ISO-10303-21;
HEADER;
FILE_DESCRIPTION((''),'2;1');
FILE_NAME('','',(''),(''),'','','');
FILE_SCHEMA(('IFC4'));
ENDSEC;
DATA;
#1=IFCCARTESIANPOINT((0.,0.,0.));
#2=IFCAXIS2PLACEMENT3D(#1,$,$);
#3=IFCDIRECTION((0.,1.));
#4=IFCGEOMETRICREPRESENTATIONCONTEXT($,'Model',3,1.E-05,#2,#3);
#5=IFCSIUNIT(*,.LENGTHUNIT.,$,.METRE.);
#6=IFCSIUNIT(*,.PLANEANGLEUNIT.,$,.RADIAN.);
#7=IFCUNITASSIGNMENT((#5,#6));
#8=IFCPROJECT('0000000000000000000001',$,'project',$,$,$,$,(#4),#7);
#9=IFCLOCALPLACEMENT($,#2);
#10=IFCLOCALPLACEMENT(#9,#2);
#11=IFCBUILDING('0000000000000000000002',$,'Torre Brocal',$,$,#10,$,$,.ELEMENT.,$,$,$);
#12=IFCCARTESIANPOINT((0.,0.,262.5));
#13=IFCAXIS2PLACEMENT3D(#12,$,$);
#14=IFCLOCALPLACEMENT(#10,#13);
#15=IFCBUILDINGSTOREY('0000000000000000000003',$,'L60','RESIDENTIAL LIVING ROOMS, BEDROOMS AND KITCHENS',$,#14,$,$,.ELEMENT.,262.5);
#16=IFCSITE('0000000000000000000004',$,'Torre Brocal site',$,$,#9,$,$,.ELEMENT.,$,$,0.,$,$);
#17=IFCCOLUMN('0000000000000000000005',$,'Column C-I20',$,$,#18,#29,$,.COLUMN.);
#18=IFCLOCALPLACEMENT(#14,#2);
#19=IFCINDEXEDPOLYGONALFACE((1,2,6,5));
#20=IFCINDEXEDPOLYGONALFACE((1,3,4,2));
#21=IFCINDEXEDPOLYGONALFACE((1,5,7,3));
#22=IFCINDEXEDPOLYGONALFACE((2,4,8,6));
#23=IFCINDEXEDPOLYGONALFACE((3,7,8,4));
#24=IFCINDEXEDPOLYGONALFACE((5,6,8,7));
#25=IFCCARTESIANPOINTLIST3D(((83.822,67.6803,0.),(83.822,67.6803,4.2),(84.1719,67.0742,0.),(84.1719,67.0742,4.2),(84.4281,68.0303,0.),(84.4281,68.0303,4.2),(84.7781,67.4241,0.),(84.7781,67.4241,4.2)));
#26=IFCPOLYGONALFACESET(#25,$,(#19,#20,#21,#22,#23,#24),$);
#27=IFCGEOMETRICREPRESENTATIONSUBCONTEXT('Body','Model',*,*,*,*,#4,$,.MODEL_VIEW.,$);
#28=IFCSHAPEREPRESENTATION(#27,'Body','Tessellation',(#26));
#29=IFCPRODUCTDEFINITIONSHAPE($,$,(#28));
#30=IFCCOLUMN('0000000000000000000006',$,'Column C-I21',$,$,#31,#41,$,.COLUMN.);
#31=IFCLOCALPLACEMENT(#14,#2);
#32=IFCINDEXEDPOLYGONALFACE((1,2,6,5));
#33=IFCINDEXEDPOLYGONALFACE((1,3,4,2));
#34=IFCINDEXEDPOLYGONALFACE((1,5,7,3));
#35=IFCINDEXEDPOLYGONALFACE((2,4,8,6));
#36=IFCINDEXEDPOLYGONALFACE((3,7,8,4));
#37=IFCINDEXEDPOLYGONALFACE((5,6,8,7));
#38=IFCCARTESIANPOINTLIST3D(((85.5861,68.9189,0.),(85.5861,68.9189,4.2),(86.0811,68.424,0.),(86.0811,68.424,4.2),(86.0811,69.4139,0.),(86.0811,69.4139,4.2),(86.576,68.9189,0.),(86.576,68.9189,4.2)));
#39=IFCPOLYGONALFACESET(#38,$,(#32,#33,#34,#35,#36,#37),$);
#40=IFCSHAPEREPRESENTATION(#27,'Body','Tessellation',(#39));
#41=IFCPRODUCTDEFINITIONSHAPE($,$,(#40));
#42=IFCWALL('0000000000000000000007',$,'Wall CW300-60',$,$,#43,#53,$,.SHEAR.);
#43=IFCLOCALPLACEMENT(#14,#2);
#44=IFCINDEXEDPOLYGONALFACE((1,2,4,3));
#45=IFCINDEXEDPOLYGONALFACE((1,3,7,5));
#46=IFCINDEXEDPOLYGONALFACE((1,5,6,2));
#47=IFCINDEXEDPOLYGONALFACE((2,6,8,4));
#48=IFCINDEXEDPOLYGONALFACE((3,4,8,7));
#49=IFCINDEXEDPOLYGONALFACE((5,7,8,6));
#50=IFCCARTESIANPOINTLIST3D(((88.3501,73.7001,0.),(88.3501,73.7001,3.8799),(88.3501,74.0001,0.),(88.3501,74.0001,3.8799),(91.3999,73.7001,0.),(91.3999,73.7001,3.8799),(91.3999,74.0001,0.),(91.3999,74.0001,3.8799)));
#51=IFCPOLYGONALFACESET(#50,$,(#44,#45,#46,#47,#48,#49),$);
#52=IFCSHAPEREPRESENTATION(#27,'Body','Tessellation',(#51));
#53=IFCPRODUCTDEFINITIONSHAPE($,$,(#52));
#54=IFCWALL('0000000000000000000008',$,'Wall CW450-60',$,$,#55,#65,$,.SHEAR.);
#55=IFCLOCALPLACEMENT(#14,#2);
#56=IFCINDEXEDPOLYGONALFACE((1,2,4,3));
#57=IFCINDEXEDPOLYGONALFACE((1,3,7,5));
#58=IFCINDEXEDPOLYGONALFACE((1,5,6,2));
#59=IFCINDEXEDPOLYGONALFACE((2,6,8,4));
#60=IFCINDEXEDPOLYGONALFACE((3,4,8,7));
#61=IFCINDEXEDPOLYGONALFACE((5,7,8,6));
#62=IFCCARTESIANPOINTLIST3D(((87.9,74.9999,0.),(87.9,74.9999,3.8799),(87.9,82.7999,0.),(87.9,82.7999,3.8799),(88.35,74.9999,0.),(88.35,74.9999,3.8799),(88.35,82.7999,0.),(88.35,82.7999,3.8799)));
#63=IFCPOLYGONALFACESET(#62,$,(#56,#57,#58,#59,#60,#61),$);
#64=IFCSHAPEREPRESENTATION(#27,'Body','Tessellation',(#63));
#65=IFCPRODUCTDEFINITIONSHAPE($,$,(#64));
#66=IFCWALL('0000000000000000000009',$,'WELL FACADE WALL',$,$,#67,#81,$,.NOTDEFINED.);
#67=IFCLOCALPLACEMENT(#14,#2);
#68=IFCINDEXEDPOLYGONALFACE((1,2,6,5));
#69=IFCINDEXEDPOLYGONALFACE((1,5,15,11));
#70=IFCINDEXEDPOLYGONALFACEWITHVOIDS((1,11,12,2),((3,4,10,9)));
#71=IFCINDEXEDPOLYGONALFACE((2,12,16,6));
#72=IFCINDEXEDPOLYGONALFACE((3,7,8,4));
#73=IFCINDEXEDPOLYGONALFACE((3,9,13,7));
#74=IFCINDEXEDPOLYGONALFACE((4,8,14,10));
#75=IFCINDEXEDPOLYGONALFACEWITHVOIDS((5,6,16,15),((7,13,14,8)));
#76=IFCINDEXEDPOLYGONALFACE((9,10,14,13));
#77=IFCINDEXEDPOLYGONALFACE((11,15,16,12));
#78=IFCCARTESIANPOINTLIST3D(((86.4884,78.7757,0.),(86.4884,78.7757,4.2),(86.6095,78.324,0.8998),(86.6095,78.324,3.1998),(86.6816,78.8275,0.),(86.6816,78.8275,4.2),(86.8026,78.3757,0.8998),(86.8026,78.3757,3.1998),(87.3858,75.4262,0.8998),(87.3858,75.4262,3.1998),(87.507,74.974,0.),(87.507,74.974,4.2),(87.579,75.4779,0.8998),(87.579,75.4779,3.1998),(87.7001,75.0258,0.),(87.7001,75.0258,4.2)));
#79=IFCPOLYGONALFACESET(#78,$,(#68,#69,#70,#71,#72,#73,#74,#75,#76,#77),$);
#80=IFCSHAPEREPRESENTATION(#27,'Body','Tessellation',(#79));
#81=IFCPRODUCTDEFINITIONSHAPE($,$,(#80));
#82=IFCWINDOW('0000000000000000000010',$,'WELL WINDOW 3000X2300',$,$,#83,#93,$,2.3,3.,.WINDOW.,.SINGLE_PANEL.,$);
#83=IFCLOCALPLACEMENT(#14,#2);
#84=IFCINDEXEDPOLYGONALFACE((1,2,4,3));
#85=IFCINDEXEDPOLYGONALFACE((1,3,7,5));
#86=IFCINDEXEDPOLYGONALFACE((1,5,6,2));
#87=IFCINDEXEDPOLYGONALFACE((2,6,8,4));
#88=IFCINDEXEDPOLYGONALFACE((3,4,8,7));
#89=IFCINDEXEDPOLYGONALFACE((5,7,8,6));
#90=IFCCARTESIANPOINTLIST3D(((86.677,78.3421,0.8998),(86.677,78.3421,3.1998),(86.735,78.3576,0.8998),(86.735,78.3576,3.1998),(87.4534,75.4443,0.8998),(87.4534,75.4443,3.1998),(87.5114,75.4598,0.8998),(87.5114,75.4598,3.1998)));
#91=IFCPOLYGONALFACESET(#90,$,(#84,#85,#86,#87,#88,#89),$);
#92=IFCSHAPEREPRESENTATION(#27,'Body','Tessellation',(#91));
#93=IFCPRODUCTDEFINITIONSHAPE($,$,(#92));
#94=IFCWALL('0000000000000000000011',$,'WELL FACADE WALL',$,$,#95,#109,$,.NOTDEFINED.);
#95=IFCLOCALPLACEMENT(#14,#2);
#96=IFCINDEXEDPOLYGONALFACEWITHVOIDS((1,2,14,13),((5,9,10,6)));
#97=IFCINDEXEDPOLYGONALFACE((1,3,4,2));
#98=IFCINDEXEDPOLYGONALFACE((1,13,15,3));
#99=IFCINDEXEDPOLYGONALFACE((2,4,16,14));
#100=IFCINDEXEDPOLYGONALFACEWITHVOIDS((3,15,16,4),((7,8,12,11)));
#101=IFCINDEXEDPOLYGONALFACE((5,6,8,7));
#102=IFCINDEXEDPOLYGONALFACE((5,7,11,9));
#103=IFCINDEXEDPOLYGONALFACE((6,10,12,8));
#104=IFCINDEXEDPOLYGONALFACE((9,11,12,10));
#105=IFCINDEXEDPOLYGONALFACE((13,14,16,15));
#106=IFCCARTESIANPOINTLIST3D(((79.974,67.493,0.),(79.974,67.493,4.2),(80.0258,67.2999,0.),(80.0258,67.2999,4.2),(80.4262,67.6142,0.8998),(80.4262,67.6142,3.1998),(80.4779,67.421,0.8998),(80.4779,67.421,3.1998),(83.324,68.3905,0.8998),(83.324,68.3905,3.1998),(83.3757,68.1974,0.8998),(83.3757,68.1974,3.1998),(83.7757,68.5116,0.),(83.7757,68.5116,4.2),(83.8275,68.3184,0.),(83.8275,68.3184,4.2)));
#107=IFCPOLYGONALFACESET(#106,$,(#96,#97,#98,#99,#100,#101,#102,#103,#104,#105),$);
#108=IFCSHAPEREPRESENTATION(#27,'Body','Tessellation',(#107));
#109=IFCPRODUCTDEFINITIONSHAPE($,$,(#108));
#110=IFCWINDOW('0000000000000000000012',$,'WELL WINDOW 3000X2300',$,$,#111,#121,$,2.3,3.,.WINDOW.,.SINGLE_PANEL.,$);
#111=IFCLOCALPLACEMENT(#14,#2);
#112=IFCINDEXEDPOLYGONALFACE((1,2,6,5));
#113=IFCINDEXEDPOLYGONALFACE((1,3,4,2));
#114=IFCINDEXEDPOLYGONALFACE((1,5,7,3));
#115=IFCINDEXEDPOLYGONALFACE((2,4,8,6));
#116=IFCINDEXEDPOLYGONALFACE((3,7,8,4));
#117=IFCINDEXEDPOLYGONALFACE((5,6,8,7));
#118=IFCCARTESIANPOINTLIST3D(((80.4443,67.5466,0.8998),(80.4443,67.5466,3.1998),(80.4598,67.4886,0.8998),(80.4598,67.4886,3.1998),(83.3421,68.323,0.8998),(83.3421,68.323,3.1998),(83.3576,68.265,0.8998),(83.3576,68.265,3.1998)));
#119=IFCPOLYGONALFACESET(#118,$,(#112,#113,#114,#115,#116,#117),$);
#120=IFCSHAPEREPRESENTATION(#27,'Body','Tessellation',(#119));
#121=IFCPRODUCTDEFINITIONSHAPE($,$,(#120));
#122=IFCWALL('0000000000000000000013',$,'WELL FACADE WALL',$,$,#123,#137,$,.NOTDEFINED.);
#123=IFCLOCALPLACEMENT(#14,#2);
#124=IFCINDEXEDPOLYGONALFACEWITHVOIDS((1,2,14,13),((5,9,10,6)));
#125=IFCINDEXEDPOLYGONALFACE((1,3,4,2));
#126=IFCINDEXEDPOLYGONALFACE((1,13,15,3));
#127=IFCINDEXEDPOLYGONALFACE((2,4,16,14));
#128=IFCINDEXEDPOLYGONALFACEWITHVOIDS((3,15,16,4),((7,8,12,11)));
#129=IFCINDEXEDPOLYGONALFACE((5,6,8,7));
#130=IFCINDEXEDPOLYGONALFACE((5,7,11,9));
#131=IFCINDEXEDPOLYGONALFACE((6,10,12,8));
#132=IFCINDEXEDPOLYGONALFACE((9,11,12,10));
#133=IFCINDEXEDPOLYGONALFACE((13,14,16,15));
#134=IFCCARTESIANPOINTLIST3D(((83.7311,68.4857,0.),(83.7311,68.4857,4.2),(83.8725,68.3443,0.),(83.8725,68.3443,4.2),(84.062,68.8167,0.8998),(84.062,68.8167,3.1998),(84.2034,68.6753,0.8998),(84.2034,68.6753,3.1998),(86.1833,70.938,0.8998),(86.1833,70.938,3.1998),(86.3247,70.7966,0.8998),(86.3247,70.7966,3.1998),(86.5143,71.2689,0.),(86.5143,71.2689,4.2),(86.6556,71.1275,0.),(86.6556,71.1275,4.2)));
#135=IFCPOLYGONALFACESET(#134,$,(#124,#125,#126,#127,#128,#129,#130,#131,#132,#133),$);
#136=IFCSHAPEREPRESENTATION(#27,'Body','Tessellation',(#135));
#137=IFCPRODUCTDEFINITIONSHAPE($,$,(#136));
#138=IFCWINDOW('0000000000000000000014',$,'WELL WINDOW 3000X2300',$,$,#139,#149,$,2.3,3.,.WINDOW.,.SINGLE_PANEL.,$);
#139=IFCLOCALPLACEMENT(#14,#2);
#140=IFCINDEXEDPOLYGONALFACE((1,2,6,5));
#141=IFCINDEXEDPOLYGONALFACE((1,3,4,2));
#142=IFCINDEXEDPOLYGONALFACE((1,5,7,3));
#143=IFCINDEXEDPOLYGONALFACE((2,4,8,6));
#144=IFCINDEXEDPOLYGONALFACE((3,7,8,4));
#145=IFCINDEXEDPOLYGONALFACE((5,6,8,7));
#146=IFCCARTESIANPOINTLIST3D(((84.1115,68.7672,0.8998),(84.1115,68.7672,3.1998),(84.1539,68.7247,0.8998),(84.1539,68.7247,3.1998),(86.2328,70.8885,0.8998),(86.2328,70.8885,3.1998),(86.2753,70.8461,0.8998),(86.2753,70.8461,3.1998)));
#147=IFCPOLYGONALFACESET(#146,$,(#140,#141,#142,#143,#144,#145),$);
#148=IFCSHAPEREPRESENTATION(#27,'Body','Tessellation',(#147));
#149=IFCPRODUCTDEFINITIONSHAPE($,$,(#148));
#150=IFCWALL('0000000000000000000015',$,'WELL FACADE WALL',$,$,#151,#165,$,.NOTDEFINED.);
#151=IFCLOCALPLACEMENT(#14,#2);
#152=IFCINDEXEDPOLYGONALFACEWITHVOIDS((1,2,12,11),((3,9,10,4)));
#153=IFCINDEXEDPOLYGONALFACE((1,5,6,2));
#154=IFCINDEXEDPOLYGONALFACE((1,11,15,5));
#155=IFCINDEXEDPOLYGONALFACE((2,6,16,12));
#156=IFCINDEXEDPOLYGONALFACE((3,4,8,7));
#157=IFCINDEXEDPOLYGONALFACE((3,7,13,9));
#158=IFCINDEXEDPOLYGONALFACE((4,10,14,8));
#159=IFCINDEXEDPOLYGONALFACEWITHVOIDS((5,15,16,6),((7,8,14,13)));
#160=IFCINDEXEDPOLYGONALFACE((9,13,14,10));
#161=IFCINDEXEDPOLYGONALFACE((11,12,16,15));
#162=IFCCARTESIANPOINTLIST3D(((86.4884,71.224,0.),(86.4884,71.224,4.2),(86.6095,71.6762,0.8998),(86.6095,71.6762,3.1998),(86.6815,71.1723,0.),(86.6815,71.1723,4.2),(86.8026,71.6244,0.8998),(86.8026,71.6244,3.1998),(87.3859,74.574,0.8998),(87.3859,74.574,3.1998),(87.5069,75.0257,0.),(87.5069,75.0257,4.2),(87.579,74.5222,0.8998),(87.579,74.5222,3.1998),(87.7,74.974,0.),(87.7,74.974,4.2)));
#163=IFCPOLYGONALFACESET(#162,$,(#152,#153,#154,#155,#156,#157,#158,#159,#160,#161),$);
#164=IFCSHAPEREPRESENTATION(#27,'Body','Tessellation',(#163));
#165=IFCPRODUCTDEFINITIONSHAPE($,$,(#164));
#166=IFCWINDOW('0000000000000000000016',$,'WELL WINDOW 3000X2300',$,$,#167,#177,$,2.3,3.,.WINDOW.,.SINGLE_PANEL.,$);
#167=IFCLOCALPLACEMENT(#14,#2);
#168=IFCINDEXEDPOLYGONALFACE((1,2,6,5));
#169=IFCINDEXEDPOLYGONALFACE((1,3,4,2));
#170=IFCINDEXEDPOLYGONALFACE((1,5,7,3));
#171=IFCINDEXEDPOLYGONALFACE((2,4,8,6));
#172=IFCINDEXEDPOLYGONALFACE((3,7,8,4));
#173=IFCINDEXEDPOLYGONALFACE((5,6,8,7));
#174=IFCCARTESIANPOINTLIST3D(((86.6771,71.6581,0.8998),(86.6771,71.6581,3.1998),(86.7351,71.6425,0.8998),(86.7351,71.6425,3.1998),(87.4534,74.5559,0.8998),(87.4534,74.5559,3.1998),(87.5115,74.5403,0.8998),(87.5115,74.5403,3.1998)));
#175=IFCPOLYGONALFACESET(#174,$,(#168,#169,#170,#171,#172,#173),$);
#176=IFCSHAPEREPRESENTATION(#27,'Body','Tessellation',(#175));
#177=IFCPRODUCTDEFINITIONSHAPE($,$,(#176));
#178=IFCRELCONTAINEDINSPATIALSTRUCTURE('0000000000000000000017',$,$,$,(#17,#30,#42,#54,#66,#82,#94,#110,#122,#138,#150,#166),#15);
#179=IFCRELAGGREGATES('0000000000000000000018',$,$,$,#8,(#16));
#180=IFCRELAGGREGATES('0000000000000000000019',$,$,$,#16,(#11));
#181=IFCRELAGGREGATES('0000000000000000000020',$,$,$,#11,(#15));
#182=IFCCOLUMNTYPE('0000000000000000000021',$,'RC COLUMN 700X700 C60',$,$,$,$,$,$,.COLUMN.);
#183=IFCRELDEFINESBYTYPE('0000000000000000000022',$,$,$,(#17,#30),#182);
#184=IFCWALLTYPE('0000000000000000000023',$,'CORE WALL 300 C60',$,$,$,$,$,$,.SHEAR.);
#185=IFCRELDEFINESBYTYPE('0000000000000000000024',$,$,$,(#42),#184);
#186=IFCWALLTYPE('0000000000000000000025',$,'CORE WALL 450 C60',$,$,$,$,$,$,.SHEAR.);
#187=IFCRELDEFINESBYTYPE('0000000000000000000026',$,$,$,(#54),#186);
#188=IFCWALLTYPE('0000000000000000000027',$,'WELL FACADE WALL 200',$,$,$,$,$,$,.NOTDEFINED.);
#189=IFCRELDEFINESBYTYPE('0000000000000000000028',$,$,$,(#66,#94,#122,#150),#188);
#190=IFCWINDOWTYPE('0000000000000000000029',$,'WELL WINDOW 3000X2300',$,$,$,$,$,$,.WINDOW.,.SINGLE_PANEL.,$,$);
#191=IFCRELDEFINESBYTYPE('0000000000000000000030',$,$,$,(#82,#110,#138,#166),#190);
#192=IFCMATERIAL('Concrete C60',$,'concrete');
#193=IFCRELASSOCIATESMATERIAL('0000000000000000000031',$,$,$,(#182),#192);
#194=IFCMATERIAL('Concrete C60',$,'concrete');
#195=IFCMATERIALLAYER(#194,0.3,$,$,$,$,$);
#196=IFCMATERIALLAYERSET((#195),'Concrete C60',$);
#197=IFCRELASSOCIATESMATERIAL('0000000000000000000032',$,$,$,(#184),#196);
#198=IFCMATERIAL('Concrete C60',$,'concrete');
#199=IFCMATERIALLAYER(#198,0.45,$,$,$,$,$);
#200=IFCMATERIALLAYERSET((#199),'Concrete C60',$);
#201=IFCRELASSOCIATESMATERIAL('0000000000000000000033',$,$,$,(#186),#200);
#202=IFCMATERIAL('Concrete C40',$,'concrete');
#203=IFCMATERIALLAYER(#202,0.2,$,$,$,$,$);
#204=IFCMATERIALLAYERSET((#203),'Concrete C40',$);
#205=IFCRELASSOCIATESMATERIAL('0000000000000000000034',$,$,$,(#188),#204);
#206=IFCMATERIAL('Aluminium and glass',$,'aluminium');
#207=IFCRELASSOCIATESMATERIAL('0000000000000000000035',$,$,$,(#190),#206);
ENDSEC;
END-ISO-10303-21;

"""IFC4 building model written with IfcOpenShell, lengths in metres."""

from ifc_helpers import new_model, si_unit, direction, frame, frame_2d, origin, origin_2d, place, context, subcontext, project, spatial, rectangle, extrude, material, layer, layer_set, material_profile, profile_set, type_object, element, fill, save


model = new_model("IFC4")

# Units and contexts
model_context = context("Model", 3, precision=1e-05, world=origin(), true_north=direction((0.0, 1.0)))
body_context = subcontext(model_context, "Body", "Model", "MODEL_VIEW")
ifc_project = project(units=[si_unit("LENGTHUNIT", "METRE"), si_unit("PLANEANGLEUNIT", "RADIAN")], contexts=[model_context])

# Site, building, storey
site_placement = place(None, origin())
site = spatial("IfcSite", under=ifc_project, at=site_placement, Name="Torre Brocal site", CompositionType="ELEMENT", RefElevation=0.0)
building_placement = place(site_placement, origin())
building = spatial("IfcBuilding", under=site, at=building_placement, Name="Torre Brocal", CompositionType="ELEMENT")
storey_placement = place(building_placement, frame((0.0, 0.0, 262.5)))
storey = spatial("IfcBuildingStorey", under=building, at=storey_placement, Name="L60", Description="RESIDENTIAL LIVING ROOMS, BEDROOMS AND KITCHENS", CompositionType="ELEMENT", Elevation=262.5)

# Columns
ifc_material_1 = material(Name="Concrete C60", Category="concrete")
ifc_material_profile = material_profile(ifc_material_1, rectangle(XDim=0.7, YDim=0.7, at=origin_2d()), Name="RC 700X700")
ifc_profile_set = profile_set([ifc_material_profile], Name="Concrete C60")
column_type = type_object("IfcColumnType", Name="RC COLUMN 700X700 C60", PredefinedType="COLUMN", material=ifc_profile_set)
for number, where, z_axis, x_axis, name in (
    (1, (84.3, 67.5522, 0.0), (0.0, 0.0, 1.0), (0.5, -0.866025, 0.0), "Column C-I20"),
    (2, (86.0811, 68.9189, 0.0), (0.0, 0.0, 1.0), (0.707107, -0.707107, 0.0), "Column C-I21"),
):
    element("IfcColumn", number, at=place(storey_placement, frame(where, z_axis=z_axis, x_axis=x_axis)), inside=storey, type_object=column_type, Name=name, PredefinedType="COLUMN", context=body_context, shape_type="SweptSolid", body=[
        extrude(rectangle(XDim=0.7, YDim=0.7, at=origin_2d()), origin(), (0.0, 0.0, 1.0), 4.2),
    ])

# Walls
ifc_material_2 = material(Name="Concrete C60", Category="concrete")
ifc_layer_1 = layer(ifc_material_2, 0.3)
ifc_layer_set_1 = layer_set([ifc_layer_1], Name="Concrete C60")
wall_type_1 = type_object("IfcWallType", Name="CORE WALL 300 C60", PredefinedType="SHEAR", material=ifc_layer_set_1)
wall_1_placement = place(storey_placement, frame((88.3501, 73.8501, 0.0), z_axis=(0.0, 0.0, 1.0), x_axis=(1.0, 0.0, 0.0)))
element("IfcWall", 3, at=wall_1_placement, inside=storey, type_object=wall_type_1, Name="Wall CW300-60", PredefinedType="SHEAR", context=body_context, shape_type="SweptSolid", body=[
    extrude(rectangle(XDim=3.0498, YDim=0.3, at=frame_2d((1.5249, 0.0))), origin(), (0.0, 0.0, 1.0), 3.8799),
])
ifc_material_3 = material(Name="Concrete C60", Category="concrete")
ifc_layer_2 = layer(ifc_material_3, 0.45)
ifc_layer_set_2 = layer_set([ifc_layer_2], Name="Concrete C60")
wall_type_2 = type_object("IfcWallType", Name="CORE WALL 450 C60", PredefinedType="SHEAR", material=ifc_layer_set_2)
wall_2_placement = place(storey_placement, frame((88.125, 75.0, 0.0), z_axis=(0.0, 0.0, 1.0), x_axis=(0.0, 1.0, 0.0)))
element("IfcWall", 4, at=wall_2_placement, inside=storey, type_object=wall_type_2, Name="Wall CW450-60", PredefinedType="SHEAR", context=body_context, shape_type="SweptSolid", body=[
    extrude(rectangle(XDim=7.8, YDim=0.45, at=frame_2d((3.8999, 0.0))), origin(), (0.0, 0.0, 1.0), 3.8799),
])

# Walls, openings, windows
ifc_material_4 = material(Name="Concrete C40", Category="concrete")
ifc_layer_3 = layer(ifc_material_4, 0.2)
ifc_layer_set_3 = layer_set([ifc_layer_3], Name="Concrete C40")
wall_type_3 = type_object("IfcWallType", Name="WELL FACADE WALL 200", PredefinedType="NOTDEFINED", material=ifc_layer_set_3)
wall_3_placement = place(storey_placement, frame((87.6035, 75.0, 0.0), z_axis=(0.0, 0.0, 1.0), x_axis=(-0.25879, 0.965934, 0.0)))
wall_3 = element("IfcWall", 5, at=wall_3_placement, inside=storey, type_object=wall_type_3, Name="WELL FACADE WALL", PredefinedType="NOTDEFINED", context=body_context, shape_type="SweptSolid", body=[
    extrude(rectangle(XDim=3.9358, YDim=0.2, at=frame_2d((1.9678, 0.0))), origin(), (0.0, 0.0, 1.0), 4.2),
])
opening_1_placement = place(wall_3_placement, frame((0.468, 0.0, 0.8999)))
opening_1 = element("IfcOpeningElement", 6, at=opening_1_placement, cuts=wall_3, PredefinedType="OPENING", context=body_context, shape_type="SweptSolid", body=[
    extrude(rectangle(XDim=3.0, YDim=2.3, at=frame_2d((1.5, 1.1499))), frame((0.0, 0.1099, 0.0), z_axis=(0.0, -1.0, 0.0), x_axis=(1.0, 0.0, 0.0)), (0.0, 0.0, 1.0), 0.22),
])
ifc_material_5 = material(Name="Aluminium and glass", Category="aluminium")
window_type = type_object("IfcWindowType", Name="WELL WINDOW 3000X2300", PartitioningType="SINGLE_PANEL", PredefinedType="WINDOW", material=ifc_material_5)
window_1_placement = place(opening_1_placement, origin())
window_1 = element("IfcWindow", 7, at=window_1_placement, inside=storey, type_object=window_type, Name="WELL WINDOW 3000X2300", OverallHeight=2.3, OverallWidth=3.0, PartitioningType="SINGLE_PANEL", PredefinedType="WINDOW", context=body_context, shape_type="SweptSolid", body=[
    extrude(rectangle(XDim=3.0, YDim=2.3, at=frame_2d((1.5, 1.1499))), frame((0.0, 0.03, 0.0), z_axis=(0.0, -1.0, 0.0), x_axis=(1.0, 0.0, 0.0)), (0.0, 0.0, 1.0), 0.0601),
])
fill(opening_1, window_1)
wall_4_placement = place(storey_placement, frame((80.0, 67.3965, 0.0), z_axis=(0.0, 0.0, 1.0), x_axis=(0.965934, 0.25879, 0.0)))
wall_4 = element("IfcWall", 8, at=wall_4_placement, inside=storey, type_object=wall_type_3, Name="WELL FACADE WALL", PredefinedType="NOTDEFINED", context=body_context, shape_type="SweptSolid", body=[
    extrude(rectangle(XDim=3.9358, YDim=0.2, at=frame_2d((1.9678, 0.0))), origin(), (0.0, 0.0, 1.0), 4.2),
])
opening_2_placement = place(wall_4_placement, frame((0.468, 0.0, 0.8999)))
opening_2 = element("IfcOpeningElement", 9, at=opening_2_placement, cuts=wall_4, PredefinedType="OPENING", context=body_context, shape_type="SweptSolid", body=[
    extrude(rectangle(XDim=3.0, YDim=2.3, at=frame_2d((1.5, 1.1499))), frame((0.0, 0.1099, 0.0), z_axis=(0.0, -1.0, 0.0), x_axis=(1.0, 0.0, 0.0)), (0.0, 0.0, 1.0), 0.22),
])
window_2_placement = place(opening_2_placement, origin())
window_2 = element("IfcWindow", 10, at=window_2_placement, inside=storey, type_object=window_type, Name="WELL WINDOW 3000X2300", OverallHeight=2.3, OverallWidth=3.0, PartitioningType="SINGLE_PANEL", PredefinedType="WINDOW", context=body_context, shape_type="SweptSolid", body=[
    extrude(rectangle(XDim=3.0, YDim=2.3, at=frame_2d((1.5, 1.1499))), frame((0.0, 0.03, 0.0), z_axis=(0.0, -1.0, 0.0), x_axis=(1.0, 0.0, 0.0)), (0.0, 0.0, 1.0), 0.0601),
])
fill(opening_2, window_2)
wall_5_placement = place(storey_placement, frame((83.8018, 68.415, 0.0), z_axis=(0.0, 0.0, 1.0), x_axis=(0.707107, 0.707107, 0.0)))
wall_5 = element("IfcWall", 11, at=wall_5_placement, inside=storey, type_object=wall_type_3, Name="WELL FACADE WALL", PredefinedType="NOTDEFINED", context=body_context, shape_type="SweptSolid", body=[
    extrude(rectangle(XDim=3.936, YDim=0.2, at=frame_2d((1.968, 0.0))), origin(), (0.0, 0.0, 1.0), 4.2),
])
opening_3_placement = place(wall_5_placement, frame((0.468, 0.0, 0.8999)))
opening_3 = element("IfcOpeningElement", 12, at=opening_3_placement, cuts=wall_5, PredefinedType="OPENING", context=body_context, shape_type="SweptSolid", body=[
    extrude(rectangle(XDim=3.0, YDim=2.3, at=frame_2d((1.5, 1.1499))), frame((0.0, 0.1099, 0.0), z_axis=(0.0, -1.0, 0.0), x_axis=(1.0, 0.0, 0.0)), (0.0, 0.0, 1.0), 0.22),
])
window_3_placement = place(opening_3_placement, origin())
window_3 = element("IfcWindow", 13, at=window_3_placement, inside=storey, type_object=window_type, Name="WELL WINDOW 3000X2300", OverallHeight=2.3, OverallWidth=3.0, PartitioningType="SINGLE_PANEL", PredefinedType="WINDOW", context=body_context, shape_type="SweptSolid", body=[
    extrude(rectangle(XDim=3.0, YDim=2.3, at=frame_2d((1.5, 1.1499))), frame((0.0, 0.03, 0.0), z_axis=(0.0, -1.0, 0.0), x_axis=(1.0, 0.0, 0.0)), (0.0, 0.0, 1.0), 0.0601),
])
fill(opening_3, window_3)
wall_6_placement = place(storey_placement, frame((86.585, 71.1982, 0.0), z_axis=(0.0, 0.0, 1.0), x_axis=(0.25879, 0.965934, 0.0)))
wall_6 = element("IfcWall", 14, at=wall_6_placement, inside=storey, type_object=wall_type_3, Name="WELL FACADE WALL", PredefinedType="NOTDEFINED", context=body_context, shape_type="SweptSolid", body=[
    extrude(rectangle(XDim=3.9358, YDim=0.2, at=frame_2d((1.9678, 0.0))), origin(), (0.0, 0.0, 1.0), 4.2),
])
opening_4_placement = place(wall_6_placement, frame((0.468, 0.0, 0.8999)))
opening_4 = element("IfcOpeningElement", 15, at=opening_4_placement, cuts=wall_6, PredefinedType="OPENING", context=body_context, shape_type="SweptSolid", body=[
    extrude(rectangle(XDim=3.0, YDim=2.3, at=frame_2d((1.5, 1.1499))), frame((0.0, 0.1099, 0.0), z_axis=(0.0, -1.0, 0.0), x_axis=(1.0, 0.0, 0.0)), (0.0, 0.0, 1.0), 0.22),
])
window_4_placement = place(opening_4_placement, origin())
window_4 = element("IfcWindow", 16, at=window_4_placement, inside=storey, type_object=window_type, Name="WELL WINDOW 3000X2300", OverallHeight=2.3, OverallWidth=3.0, PartitioningType="SINGLE_PANEL", PredefinedType="WINDOW", context=body_context, shape_type="SweptSolid", body=[
    extrude(rectangle(XDim=3.0, YDim=2.3, at=frame_2d((1.5, 1.1499))), frame((0.0, 0.03, 0.0), z_axis=(0.0, -1.0, 0.0), x_axis=(1.0, 0.0, 0.0)), (0.0, 0.0, 1.0), 0.0601),
])
fill(opening_4, window_4)

save(model, "model.ifc")
